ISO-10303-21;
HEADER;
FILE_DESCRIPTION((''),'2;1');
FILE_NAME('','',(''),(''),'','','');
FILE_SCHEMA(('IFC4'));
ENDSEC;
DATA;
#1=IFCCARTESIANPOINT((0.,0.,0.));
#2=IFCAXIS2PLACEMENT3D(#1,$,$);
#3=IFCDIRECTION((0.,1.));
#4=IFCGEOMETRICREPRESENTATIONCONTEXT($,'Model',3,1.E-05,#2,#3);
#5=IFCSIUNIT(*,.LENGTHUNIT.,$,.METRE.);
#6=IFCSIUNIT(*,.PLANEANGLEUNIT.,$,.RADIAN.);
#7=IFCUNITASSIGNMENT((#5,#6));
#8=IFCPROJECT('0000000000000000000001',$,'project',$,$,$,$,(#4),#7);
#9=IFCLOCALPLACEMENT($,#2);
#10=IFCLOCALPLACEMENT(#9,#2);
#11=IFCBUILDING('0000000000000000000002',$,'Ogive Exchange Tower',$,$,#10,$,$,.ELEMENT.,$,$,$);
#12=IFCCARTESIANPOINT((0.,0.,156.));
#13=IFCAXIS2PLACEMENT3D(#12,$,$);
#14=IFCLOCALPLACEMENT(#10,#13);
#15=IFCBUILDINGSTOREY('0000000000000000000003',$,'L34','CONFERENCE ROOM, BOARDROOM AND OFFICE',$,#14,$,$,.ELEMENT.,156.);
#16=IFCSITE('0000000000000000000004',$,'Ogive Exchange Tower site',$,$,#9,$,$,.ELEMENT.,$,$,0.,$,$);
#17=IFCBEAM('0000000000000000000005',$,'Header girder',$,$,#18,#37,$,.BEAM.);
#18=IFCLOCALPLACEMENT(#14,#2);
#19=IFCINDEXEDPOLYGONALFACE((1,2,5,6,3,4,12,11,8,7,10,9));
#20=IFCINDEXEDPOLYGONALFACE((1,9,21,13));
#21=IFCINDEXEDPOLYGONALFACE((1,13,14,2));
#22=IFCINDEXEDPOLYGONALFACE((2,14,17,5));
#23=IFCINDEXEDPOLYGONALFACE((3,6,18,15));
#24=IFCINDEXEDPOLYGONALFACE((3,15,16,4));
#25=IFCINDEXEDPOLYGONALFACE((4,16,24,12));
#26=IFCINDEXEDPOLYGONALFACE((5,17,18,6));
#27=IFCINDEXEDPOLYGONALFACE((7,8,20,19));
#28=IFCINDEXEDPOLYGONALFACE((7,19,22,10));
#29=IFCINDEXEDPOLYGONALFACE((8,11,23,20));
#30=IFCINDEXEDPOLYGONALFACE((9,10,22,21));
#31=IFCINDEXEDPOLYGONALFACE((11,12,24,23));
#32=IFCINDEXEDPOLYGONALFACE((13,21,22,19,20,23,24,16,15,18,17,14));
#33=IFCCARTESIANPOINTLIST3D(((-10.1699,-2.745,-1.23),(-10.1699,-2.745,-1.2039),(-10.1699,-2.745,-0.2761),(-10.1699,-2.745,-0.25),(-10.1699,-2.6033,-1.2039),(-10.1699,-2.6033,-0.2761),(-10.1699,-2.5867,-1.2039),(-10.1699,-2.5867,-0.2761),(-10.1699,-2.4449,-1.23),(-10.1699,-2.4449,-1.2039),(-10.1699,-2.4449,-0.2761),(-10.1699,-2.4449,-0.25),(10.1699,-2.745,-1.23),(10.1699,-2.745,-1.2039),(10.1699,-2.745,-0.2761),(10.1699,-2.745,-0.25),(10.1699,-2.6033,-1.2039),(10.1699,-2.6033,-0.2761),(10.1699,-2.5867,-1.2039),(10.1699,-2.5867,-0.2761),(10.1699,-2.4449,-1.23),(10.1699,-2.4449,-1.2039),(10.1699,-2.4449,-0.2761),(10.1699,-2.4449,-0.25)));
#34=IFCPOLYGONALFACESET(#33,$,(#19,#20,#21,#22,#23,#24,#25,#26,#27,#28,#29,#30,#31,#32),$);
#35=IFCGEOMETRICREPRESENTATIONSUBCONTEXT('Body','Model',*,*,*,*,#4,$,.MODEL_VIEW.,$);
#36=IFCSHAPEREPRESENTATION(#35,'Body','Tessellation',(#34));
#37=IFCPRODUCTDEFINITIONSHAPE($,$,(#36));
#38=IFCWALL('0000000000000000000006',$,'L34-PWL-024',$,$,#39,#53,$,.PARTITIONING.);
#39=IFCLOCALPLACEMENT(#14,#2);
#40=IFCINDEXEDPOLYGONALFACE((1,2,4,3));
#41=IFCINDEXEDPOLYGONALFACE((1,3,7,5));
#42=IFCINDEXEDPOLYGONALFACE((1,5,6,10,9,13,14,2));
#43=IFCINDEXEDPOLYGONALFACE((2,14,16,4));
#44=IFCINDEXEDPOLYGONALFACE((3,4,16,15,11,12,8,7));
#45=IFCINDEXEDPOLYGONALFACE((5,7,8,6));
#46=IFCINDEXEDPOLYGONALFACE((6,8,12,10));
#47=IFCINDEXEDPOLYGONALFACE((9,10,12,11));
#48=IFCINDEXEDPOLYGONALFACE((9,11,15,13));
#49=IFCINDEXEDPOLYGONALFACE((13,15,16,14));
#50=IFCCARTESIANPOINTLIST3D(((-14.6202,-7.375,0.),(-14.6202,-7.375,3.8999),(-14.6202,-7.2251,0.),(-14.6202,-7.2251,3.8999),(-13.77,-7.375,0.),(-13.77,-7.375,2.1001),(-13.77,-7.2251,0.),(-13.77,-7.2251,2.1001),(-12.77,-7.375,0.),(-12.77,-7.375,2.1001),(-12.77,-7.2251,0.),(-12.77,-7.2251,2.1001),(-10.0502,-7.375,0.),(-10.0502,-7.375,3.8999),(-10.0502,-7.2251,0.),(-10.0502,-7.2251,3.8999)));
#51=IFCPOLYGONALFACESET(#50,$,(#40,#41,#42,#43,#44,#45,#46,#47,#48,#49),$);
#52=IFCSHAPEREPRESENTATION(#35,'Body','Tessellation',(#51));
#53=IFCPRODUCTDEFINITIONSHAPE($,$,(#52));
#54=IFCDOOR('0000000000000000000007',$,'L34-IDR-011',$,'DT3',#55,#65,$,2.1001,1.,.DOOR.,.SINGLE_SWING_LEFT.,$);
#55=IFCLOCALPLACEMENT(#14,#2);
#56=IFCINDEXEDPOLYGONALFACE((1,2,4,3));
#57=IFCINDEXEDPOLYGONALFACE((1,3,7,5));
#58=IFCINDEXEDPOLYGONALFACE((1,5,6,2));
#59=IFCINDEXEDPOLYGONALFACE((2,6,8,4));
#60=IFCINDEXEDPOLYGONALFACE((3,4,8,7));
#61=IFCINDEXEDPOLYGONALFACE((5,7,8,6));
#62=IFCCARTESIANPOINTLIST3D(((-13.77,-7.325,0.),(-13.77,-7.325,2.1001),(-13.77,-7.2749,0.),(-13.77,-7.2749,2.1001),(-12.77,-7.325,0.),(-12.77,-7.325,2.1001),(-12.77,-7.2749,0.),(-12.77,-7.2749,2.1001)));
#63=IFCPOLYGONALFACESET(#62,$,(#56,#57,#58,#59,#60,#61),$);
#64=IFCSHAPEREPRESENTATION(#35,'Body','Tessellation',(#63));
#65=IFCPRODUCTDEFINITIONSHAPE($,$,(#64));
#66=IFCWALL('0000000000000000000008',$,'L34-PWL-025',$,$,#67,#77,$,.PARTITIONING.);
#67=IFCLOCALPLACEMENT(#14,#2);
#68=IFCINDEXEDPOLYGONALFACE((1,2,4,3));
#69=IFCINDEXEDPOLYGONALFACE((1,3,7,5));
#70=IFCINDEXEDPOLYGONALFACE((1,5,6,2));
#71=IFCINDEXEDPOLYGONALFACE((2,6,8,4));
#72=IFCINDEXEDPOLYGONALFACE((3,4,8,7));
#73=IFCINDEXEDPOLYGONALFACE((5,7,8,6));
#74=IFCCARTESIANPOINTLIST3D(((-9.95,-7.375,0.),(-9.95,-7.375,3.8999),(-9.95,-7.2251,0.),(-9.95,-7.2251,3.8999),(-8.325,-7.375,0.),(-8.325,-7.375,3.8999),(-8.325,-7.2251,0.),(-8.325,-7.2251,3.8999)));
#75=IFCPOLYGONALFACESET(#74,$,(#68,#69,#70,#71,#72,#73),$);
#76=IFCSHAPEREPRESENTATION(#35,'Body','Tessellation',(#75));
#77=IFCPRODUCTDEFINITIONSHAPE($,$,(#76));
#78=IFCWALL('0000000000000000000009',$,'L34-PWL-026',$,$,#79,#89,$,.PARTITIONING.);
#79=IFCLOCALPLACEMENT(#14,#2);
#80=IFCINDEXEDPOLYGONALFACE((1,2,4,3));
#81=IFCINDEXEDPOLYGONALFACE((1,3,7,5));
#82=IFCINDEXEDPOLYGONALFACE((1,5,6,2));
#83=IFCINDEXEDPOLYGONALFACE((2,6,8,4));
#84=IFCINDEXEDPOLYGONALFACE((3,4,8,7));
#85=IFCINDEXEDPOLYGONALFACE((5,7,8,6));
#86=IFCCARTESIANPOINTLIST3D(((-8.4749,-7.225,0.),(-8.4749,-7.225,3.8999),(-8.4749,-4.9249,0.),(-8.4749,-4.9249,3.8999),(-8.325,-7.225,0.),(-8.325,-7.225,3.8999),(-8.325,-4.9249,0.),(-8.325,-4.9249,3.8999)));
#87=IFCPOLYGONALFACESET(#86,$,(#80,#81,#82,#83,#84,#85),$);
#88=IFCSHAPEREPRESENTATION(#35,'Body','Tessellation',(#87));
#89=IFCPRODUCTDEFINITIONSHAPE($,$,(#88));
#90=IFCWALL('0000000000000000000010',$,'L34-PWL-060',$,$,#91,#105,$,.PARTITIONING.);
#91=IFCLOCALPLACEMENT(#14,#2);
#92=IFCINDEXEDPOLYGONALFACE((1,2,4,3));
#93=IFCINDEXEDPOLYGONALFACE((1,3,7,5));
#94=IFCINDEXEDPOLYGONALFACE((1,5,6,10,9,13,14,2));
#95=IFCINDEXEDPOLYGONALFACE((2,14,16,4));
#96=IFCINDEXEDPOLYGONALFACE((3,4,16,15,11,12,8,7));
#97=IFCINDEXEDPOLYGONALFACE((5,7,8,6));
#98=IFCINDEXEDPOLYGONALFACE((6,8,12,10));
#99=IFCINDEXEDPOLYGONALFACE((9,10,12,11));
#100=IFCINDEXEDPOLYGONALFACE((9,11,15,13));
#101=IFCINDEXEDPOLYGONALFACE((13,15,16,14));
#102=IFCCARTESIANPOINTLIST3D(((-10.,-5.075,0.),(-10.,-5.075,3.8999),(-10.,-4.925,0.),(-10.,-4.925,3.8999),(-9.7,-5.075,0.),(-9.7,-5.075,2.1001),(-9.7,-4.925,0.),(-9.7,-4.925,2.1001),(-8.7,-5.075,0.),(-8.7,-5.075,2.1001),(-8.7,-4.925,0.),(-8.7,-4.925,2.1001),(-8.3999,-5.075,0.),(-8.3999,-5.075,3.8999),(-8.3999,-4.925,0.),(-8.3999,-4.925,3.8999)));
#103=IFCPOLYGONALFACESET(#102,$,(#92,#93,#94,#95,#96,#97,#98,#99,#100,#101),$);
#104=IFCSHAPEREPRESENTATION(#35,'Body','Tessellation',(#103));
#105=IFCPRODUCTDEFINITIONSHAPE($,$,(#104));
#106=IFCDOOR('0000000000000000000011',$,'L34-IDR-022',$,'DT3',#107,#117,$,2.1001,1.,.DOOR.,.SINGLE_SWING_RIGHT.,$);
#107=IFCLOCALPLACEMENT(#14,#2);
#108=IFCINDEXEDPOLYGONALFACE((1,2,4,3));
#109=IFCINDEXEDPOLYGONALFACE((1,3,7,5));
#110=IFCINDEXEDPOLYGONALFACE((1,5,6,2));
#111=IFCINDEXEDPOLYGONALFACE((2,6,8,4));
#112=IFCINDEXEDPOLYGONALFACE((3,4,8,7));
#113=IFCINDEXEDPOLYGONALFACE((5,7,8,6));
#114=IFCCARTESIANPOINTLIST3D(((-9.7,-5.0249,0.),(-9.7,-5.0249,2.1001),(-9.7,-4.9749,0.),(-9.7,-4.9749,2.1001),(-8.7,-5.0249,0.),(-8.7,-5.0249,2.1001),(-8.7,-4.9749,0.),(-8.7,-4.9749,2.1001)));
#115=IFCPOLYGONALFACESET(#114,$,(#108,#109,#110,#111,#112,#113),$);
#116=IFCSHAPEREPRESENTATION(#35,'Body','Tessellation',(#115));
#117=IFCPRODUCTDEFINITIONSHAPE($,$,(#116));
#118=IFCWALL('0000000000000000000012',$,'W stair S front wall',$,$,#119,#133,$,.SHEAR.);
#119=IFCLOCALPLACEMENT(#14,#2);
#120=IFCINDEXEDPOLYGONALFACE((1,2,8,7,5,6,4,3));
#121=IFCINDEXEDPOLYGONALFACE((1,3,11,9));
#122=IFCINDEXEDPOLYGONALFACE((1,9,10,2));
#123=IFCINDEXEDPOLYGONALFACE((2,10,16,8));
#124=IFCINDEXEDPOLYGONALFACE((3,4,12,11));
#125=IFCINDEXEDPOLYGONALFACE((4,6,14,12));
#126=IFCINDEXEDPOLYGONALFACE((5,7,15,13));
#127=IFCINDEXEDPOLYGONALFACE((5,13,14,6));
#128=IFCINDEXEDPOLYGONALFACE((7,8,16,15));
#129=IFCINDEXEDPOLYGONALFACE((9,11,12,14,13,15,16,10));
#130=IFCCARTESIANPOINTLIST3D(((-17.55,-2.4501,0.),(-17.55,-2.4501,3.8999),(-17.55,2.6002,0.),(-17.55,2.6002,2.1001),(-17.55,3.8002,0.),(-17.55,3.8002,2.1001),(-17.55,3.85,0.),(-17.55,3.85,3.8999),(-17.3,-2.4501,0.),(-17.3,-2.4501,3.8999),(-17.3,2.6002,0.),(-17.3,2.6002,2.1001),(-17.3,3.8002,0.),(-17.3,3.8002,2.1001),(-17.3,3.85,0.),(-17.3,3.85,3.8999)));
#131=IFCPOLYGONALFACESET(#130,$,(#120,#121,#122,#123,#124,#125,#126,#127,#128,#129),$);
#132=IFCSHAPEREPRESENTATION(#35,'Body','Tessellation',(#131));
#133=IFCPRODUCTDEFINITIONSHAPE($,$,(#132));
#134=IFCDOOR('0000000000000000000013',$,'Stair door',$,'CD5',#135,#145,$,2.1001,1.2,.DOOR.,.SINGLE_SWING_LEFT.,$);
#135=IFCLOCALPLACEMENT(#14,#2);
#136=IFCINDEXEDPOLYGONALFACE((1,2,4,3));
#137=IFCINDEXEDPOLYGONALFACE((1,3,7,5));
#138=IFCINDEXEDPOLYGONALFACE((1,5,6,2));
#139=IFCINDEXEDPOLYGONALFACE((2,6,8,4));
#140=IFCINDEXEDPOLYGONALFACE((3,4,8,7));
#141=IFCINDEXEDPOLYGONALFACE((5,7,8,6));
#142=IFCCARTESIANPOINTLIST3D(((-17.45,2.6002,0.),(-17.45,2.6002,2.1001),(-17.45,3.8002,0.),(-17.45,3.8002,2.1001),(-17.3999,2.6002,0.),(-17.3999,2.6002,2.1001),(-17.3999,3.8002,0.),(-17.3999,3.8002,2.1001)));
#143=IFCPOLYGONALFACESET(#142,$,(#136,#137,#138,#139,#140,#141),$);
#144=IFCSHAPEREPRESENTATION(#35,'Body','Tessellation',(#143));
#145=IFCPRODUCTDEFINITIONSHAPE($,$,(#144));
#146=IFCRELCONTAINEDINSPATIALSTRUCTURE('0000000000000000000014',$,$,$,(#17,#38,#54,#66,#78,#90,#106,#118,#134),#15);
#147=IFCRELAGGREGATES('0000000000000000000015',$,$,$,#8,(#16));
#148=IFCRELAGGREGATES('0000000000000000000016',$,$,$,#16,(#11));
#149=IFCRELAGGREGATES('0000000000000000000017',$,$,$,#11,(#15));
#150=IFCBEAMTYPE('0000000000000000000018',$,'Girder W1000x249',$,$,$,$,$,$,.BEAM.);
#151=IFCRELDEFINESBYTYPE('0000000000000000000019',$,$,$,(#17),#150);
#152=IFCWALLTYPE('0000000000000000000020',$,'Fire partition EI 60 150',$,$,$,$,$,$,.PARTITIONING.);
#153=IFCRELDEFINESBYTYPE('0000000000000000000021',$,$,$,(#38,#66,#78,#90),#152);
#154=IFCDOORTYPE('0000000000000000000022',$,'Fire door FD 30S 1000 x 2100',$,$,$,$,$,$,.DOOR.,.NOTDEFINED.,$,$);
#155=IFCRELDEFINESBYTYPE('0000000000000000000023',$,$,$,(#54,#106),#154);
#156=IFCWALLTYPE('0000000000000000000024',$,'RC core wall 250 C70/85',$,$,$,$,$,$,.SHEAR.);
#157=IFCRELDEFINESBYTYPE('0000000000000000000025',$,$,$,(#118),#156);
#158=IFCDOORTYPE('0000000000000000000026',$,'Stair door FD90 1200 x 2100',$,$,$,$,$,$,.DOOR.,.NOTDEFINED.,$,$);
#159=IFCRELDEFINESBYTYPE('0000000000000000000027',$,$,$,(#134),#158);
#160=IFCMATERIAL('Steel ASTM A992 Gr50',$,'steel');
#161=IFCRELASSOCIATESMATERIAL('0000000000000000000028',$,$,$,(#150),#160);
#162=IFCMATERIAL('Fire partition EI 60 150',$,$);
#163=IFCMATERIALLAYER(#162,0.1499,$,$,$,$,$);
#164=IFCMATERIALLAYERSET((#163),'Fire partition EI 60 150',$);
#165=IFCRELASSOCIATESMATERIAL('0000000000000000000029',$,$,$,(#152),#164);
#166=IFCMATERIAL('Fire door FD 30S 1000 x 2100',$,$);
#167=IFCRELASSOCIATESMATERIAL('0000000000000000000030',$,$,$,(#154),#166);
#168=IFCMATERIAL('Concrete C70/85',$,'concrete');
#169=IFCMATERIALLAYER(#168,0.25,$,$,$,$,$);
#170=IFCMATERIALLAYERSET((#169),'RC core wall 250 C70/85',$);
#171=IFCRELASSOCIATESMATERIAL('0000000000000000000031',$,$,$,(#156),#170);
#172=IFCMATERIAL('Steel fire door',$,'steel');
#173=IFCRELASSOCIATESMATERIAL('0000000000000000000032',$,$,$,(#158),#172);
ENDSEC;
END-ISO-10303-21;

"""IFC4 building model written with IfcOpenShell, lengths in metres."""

from ifc_helpers import new_model, si_unit, direction, frame, frame_2d, origin, origin_2d, place, context, subcontext, project, spatial, rectangle, i_section, extrude, material, layer, layer_set, material_profile, profile_set, type_object, element, fill, save


model = new_model("IFC4")

# Units and contexts
model_context = context("Model", 3, precision=1e-05, world=origin(), true_north=direction((0.0, 1.0)))
body_context = subcontext(model_context, "Body", "Model", "MODEL_VIEW")
ifc_project = project(units=[si_unit("LENGTHUNIT", "METRE"), si_unit("PLANEANGLEUNIT", "RADIAN")], contexts=[model_context])

# Site, building, storey
site_placement = place(None, origin())
site = spatial("IfcSite", under=ifc_project, at=site_placement, Name="Ogive Exchange Tower site", CompositionType="ELEMENT", RefElevation=0.0)
building_placement = place(site_placement, origin())
building = spatial("IfcBuilding", under=site, at=building_placement, Name="Ogive Exchange Tower", CompositionType="ELEMENT")
storey_placement = place(building_placement, frame((0.0, 0.0, 156.0)))
storey = spatial("IfcBuildingStorey", under=building, at=storey_placement, Name="L34", Description="CONFERENCE ROOM, BOARDROOM AND OFFICE", CompositionType="ELEMENT", Elevation=156.0)

# Beam
ifc_material_1 = material(Name="Steel ASTM A992 Gr50", Category="steel")
ifc_material_profile = material_profile(ifc_material_1, i_section(OverallWidth=0.3, OverallDepth=0.98, WebThickness=0.0166, FlangeThickness=0.0261, at=origin_2d()), Name="W1000x249")
ifc_profile_set = profile_set([ifc_material_profile], Name="Steel ASTM A992 Gr50")
beam_type = type_object("IfcBeamType", Name="Girder W1000x249", PredefinedType="BEAM", material=ifc_profile_set)
beam_placement = place(storey_placement, frame((-10.1699, -2.595, -0.74), z_axis=(1.0, 0.0, 0.0), x_axis=(0.0, 1.0, 0.0)))
element("IfcBeam", 1, at=beam_placement, inside=storey, type_object=beam_type, Name="Header girder", PredefinedType="BEAM", context=body_context, shape_type="SweptSolid", body=[
    extrude(i_section(OverallWidth=0.3, OverallDepth=0.98, WebThickness=0.0166, FlangeThickness=0.0261, at=origin_2d()), origin(), (0.0, 0.0, 1.0), 20.3398),
])

# Wall, opening, door
ifc_material_2 = material(Name="Fire partition EI 60 150")
ifc_layer_1 = layer(ifc_material_2, 0.1499)
ifc_layer_set_1 = layer_set([ifc_layer_1], Name="Fire partition EI 60 150")
wall_type_1 = type_object("IfcWallType", Name="Fire partition EI 60 150", PredefinedType="PARTITIONING", material=ifc_layer_set_1)
wall_1_placement = place(storey_placement, frame((-10.05, -7.3, 0.0), z_axis=(0.0, 0.0, 1.0), x_axis=(-1.0, 0.0, 0.0)))
wall_1 = element("IfcWall", 2, at=wall_1_placement, inside=storey, type_object=wall_type_1, Name="L34-PWL-024", PredefinedType="PARTITIONING", context=body_context, shape_type="SweptSolid", body=[
    extrude(rectangle(XDim=4.5701, YDim=0.1499, at=frame_2d((2.2852, 0.0))), origin(), (0.0, 0.0, 1.0), 3.8999),
])
opening_1_placement = place(wall_1_placement, frame((2.72, 0.0, 0.0)))
opening_1 = element("IfcOpeningElement", 3, at=opening_1_placement, cuts=wall_1, PredefinedType="OPENING", context=body_context, shape_type="SweptSolid", body=[
    extrude(rectangle(XDim=1.0, YDim=2.1001, at=frame_2d((0.5, 1.05))), frame((0.0, 0.085, 0.0), z_axis=(0.0, -1.0, 0.0), x_axis=(1.0, 0.0, 0.0)), (0.0, 0.0, 1.0), 0.1699),
])
ifc_material_3 = material(Name="Fire door FD 30S 1000 x 2100")
door_type_1 = type_object("IfcDoorType", Name="Fire door FD 30S 1000 x 2100", OperationType="NOTDEFINED", PredefinedType="DOOR", material=ifc_material_3)
door_1_placement = place(opening_1_placement, origin())
door_1 = element("IfcDoor", 4, at=door_1_placement, inside=storey, type_object=door_type_1, Name="L34-IDR-011", ObjectType="DT3", OperationType="SINGLE_SWING_LEFT", OverallHeight=2.1001, OverallWidth=1.0, PredefinedType="DOOR", context=body_context, shape_type="SweptSolid", body=[
    extrude(rectangle(XDim=1.0, YDim=2.1001, at=frame_2d((0.5, 1.05))), frame((0.0, 0.0249, 0.0), z_axis=(0.0, -1.0, 0.0), x_axis=(1.0, 0.0, 0.0)), (0.0, 0.0, 1.0), 0.05),
])
fill(opening_1, door_1)

# Walls
wall_2_placement = place(storey_placement, frame((-8.325, -7.3, 0.0), z_axis=(0.0, 0.0, 1.0), x_axis=(-1.0, 0.0, 0.0)))
element("IfcWall", 5, at=wall_2_placement, inside=storey, type_object=wall_type_1, Name="L34-PWL-025", PredefinedType="PARTITIONING", context=body_context, shape_type="SweptSolid", body=[
    extrude(rectangle(XDim=1.625, YDim=0.1499, at=frame_2d((0.8125, 0.0))), origin(), (0.0, 0.0, 1.0), 3.8999),
])
wall_3_placement = place(storey_placement, frame((-8.3999, -4.925, 0.0), z_axis=(0.0, 0.0, 1.0), x_axis=(0.0, -1.0, 0.0)))
element("IfcWall", 6, at=wall_3_placement, inside=storey, type_object=wall_type_1, Name="L34-PWL-026", PredefinedType="PARTITIONING", context=body_context, shape_type="SweptSolid", body=[
    extrude(rectangle(XDim=2.3, YDim=0.1499, at=frame_2d((1.1499, 0.0))), origin(), (0.0, 0.0, 1.0), 3.8999),
])

# Walls, openings, doors
wall_4_placement = place(storey_placement, frame((-8.3999, -5.0, 0.0), z_axis=(0.0, 0.0, 1.0), x_axis=(-1.0, 0.0, 0.0)))
wall_4 = element("IfcWall", 7, at=wall_4_placement, inside=storey, type_object=wall_type_1, Name="L34-PWL-060", PredefinedType="PARTITIONING", context=body_context, shape_type="SweptSolid", body=[
    extrude(rectangle(XDim=1.6001, YDim=0.1499, at=frame_2d((0.8, 0.0))), origin(), (0.0, 0.0, 1.0), 3.8999),
])
opening_2_placement = place(wall_4_placement, frame((0.3, 0.0, 0.0)))
opening_2 = element("IfcOpeningElement", 8, at=opening_2_placement, cuts=wall_4, PredefinedType="OPENING", context=body_context, shape_type="SweptSolid", body=[
    extrude(rectangle(XDim=1.0, YDim=2.1001, at=frame_2d((0.5, 1.05))), frame((0.0, 0.085, 0.0), z_axis=(0.0, -1.0, 0.0), x_axis=(1.0, 0.0, 0.0)), (0.0, 0.0, 1.0), 0.1699),
])
door_2_placement = place(opening_2_placement, origin())
door_2 = element("IfcDoor", 9, at=door_2_placement, inside=storey, type_object=door_type_1, Name="L34-IDR-022", ObjectType="DT3", OperationType="SINGLE_SWING_RIGHT", OverallHeight=2.1001, OverallWidth=1.0, PredefinedType="DOOR", context=body_context, shape_type="SweptSolid", body=[
    extrude(rectangle(XDim=1.0, YDim=2.1001, at=frame_2d((0.5, 1.05))), frame((0.0, 0.0249, 0.0), z_axis=(0.0, -1.0, 0.0), x_axis=(1.0, 0.0, 0.0)), (0.0, 0.0, 1.0), 0.05),
])
fill(opening_2, door_2)
ifc_material_4 = material(Name="Concrete C70/85", Category="concrete")
ifc_layer_2 = layer(ifc_material_4, 0.25)
ifc_layer_set_2 = layer_set([ifc_layer_2], Name="RC core wall 250 C70/85")
wall_type_2 = type_object("IfcWallType", Name="RC core wall 250 C70/85", PredefinedType="SHEAR", material=ifc_layer_set_2)
wall_5_placement = place(storey_placement, frame((-17.425, -2.45, 0.0), z_axis=(0.0, 0.0, 1.0), x_axis=(0.0, 1.0, 0.0)))
wall_5 = element("IfcWall", 10, at=wall_5_placement, inside=storey, type_object=wall_type_2, Name="W stair S front wall", PredefinedType="SHEAR", context=body_context, shape_type="SweptSolid", body=[
    extrude(rectangle(XDim=6.3, YDim=0.25, at=frame_2d((3.1499, 0.0))), origin(), (0.0, 0.0, 1.0), 3.8999),
])
opening_3_placement = place(wall_5_placement, frame((5.05, 0.0, 0.0)))
opening_3 = element("IfcOpeningElement", 11, at=opening_3_placement, cuts=wall_5, PredefinedType="OPENING", context=body_context, shape_type="SweptSolid", body=[
    extrude(rectangle(XDim=1.2, YDim=2.1001, at=frame_2d((0.6001, 1.05))), frame((0.0, 0.135, 0.0), z_axis=(0.0, -1.0, 0.0), x_axis=(1.0, 0.0, 0.0)), (0.0, 0.0, 1.0), 0.27),
])
ifc_material_5 = material(Name="Steel fire door", Category="steel")
door_type_2 = type_object("IfcDoorType", Name="Stair door FD90 1200 x 2100", OperationType="NOTDEFINED", PredefinedType="DOOR", material=ifc_material_5)
door_3_placement = place(opening_3_placement, origin())
door_3 = element("IfcDoor", 12, at=door_3_placement, inside=storey, type_object=door_type_2, Name="Stair door", ObjectType="CD5", OperationType="SINGLE_SWING_LEFT", OverallHeight=2.1001, OverallWidth=1.2, PredefinedType="DOOR", context=body_context, shape_type="SweptSolid", body=[
    extrude(rectangle(XDim=1.2, YDim=2.1001, at=frame_2d((0.6001, 1.05))), frame((0.0, 0.0249, 0.0), z_axis=(0.0, -1.0, 0.0), x_axis=(1.0, 0.0, 0.0)), (0.0, 0.0, 1.0), 0.05),
])
fill(opening_3, door_3)

save(model, "model.ifc")
